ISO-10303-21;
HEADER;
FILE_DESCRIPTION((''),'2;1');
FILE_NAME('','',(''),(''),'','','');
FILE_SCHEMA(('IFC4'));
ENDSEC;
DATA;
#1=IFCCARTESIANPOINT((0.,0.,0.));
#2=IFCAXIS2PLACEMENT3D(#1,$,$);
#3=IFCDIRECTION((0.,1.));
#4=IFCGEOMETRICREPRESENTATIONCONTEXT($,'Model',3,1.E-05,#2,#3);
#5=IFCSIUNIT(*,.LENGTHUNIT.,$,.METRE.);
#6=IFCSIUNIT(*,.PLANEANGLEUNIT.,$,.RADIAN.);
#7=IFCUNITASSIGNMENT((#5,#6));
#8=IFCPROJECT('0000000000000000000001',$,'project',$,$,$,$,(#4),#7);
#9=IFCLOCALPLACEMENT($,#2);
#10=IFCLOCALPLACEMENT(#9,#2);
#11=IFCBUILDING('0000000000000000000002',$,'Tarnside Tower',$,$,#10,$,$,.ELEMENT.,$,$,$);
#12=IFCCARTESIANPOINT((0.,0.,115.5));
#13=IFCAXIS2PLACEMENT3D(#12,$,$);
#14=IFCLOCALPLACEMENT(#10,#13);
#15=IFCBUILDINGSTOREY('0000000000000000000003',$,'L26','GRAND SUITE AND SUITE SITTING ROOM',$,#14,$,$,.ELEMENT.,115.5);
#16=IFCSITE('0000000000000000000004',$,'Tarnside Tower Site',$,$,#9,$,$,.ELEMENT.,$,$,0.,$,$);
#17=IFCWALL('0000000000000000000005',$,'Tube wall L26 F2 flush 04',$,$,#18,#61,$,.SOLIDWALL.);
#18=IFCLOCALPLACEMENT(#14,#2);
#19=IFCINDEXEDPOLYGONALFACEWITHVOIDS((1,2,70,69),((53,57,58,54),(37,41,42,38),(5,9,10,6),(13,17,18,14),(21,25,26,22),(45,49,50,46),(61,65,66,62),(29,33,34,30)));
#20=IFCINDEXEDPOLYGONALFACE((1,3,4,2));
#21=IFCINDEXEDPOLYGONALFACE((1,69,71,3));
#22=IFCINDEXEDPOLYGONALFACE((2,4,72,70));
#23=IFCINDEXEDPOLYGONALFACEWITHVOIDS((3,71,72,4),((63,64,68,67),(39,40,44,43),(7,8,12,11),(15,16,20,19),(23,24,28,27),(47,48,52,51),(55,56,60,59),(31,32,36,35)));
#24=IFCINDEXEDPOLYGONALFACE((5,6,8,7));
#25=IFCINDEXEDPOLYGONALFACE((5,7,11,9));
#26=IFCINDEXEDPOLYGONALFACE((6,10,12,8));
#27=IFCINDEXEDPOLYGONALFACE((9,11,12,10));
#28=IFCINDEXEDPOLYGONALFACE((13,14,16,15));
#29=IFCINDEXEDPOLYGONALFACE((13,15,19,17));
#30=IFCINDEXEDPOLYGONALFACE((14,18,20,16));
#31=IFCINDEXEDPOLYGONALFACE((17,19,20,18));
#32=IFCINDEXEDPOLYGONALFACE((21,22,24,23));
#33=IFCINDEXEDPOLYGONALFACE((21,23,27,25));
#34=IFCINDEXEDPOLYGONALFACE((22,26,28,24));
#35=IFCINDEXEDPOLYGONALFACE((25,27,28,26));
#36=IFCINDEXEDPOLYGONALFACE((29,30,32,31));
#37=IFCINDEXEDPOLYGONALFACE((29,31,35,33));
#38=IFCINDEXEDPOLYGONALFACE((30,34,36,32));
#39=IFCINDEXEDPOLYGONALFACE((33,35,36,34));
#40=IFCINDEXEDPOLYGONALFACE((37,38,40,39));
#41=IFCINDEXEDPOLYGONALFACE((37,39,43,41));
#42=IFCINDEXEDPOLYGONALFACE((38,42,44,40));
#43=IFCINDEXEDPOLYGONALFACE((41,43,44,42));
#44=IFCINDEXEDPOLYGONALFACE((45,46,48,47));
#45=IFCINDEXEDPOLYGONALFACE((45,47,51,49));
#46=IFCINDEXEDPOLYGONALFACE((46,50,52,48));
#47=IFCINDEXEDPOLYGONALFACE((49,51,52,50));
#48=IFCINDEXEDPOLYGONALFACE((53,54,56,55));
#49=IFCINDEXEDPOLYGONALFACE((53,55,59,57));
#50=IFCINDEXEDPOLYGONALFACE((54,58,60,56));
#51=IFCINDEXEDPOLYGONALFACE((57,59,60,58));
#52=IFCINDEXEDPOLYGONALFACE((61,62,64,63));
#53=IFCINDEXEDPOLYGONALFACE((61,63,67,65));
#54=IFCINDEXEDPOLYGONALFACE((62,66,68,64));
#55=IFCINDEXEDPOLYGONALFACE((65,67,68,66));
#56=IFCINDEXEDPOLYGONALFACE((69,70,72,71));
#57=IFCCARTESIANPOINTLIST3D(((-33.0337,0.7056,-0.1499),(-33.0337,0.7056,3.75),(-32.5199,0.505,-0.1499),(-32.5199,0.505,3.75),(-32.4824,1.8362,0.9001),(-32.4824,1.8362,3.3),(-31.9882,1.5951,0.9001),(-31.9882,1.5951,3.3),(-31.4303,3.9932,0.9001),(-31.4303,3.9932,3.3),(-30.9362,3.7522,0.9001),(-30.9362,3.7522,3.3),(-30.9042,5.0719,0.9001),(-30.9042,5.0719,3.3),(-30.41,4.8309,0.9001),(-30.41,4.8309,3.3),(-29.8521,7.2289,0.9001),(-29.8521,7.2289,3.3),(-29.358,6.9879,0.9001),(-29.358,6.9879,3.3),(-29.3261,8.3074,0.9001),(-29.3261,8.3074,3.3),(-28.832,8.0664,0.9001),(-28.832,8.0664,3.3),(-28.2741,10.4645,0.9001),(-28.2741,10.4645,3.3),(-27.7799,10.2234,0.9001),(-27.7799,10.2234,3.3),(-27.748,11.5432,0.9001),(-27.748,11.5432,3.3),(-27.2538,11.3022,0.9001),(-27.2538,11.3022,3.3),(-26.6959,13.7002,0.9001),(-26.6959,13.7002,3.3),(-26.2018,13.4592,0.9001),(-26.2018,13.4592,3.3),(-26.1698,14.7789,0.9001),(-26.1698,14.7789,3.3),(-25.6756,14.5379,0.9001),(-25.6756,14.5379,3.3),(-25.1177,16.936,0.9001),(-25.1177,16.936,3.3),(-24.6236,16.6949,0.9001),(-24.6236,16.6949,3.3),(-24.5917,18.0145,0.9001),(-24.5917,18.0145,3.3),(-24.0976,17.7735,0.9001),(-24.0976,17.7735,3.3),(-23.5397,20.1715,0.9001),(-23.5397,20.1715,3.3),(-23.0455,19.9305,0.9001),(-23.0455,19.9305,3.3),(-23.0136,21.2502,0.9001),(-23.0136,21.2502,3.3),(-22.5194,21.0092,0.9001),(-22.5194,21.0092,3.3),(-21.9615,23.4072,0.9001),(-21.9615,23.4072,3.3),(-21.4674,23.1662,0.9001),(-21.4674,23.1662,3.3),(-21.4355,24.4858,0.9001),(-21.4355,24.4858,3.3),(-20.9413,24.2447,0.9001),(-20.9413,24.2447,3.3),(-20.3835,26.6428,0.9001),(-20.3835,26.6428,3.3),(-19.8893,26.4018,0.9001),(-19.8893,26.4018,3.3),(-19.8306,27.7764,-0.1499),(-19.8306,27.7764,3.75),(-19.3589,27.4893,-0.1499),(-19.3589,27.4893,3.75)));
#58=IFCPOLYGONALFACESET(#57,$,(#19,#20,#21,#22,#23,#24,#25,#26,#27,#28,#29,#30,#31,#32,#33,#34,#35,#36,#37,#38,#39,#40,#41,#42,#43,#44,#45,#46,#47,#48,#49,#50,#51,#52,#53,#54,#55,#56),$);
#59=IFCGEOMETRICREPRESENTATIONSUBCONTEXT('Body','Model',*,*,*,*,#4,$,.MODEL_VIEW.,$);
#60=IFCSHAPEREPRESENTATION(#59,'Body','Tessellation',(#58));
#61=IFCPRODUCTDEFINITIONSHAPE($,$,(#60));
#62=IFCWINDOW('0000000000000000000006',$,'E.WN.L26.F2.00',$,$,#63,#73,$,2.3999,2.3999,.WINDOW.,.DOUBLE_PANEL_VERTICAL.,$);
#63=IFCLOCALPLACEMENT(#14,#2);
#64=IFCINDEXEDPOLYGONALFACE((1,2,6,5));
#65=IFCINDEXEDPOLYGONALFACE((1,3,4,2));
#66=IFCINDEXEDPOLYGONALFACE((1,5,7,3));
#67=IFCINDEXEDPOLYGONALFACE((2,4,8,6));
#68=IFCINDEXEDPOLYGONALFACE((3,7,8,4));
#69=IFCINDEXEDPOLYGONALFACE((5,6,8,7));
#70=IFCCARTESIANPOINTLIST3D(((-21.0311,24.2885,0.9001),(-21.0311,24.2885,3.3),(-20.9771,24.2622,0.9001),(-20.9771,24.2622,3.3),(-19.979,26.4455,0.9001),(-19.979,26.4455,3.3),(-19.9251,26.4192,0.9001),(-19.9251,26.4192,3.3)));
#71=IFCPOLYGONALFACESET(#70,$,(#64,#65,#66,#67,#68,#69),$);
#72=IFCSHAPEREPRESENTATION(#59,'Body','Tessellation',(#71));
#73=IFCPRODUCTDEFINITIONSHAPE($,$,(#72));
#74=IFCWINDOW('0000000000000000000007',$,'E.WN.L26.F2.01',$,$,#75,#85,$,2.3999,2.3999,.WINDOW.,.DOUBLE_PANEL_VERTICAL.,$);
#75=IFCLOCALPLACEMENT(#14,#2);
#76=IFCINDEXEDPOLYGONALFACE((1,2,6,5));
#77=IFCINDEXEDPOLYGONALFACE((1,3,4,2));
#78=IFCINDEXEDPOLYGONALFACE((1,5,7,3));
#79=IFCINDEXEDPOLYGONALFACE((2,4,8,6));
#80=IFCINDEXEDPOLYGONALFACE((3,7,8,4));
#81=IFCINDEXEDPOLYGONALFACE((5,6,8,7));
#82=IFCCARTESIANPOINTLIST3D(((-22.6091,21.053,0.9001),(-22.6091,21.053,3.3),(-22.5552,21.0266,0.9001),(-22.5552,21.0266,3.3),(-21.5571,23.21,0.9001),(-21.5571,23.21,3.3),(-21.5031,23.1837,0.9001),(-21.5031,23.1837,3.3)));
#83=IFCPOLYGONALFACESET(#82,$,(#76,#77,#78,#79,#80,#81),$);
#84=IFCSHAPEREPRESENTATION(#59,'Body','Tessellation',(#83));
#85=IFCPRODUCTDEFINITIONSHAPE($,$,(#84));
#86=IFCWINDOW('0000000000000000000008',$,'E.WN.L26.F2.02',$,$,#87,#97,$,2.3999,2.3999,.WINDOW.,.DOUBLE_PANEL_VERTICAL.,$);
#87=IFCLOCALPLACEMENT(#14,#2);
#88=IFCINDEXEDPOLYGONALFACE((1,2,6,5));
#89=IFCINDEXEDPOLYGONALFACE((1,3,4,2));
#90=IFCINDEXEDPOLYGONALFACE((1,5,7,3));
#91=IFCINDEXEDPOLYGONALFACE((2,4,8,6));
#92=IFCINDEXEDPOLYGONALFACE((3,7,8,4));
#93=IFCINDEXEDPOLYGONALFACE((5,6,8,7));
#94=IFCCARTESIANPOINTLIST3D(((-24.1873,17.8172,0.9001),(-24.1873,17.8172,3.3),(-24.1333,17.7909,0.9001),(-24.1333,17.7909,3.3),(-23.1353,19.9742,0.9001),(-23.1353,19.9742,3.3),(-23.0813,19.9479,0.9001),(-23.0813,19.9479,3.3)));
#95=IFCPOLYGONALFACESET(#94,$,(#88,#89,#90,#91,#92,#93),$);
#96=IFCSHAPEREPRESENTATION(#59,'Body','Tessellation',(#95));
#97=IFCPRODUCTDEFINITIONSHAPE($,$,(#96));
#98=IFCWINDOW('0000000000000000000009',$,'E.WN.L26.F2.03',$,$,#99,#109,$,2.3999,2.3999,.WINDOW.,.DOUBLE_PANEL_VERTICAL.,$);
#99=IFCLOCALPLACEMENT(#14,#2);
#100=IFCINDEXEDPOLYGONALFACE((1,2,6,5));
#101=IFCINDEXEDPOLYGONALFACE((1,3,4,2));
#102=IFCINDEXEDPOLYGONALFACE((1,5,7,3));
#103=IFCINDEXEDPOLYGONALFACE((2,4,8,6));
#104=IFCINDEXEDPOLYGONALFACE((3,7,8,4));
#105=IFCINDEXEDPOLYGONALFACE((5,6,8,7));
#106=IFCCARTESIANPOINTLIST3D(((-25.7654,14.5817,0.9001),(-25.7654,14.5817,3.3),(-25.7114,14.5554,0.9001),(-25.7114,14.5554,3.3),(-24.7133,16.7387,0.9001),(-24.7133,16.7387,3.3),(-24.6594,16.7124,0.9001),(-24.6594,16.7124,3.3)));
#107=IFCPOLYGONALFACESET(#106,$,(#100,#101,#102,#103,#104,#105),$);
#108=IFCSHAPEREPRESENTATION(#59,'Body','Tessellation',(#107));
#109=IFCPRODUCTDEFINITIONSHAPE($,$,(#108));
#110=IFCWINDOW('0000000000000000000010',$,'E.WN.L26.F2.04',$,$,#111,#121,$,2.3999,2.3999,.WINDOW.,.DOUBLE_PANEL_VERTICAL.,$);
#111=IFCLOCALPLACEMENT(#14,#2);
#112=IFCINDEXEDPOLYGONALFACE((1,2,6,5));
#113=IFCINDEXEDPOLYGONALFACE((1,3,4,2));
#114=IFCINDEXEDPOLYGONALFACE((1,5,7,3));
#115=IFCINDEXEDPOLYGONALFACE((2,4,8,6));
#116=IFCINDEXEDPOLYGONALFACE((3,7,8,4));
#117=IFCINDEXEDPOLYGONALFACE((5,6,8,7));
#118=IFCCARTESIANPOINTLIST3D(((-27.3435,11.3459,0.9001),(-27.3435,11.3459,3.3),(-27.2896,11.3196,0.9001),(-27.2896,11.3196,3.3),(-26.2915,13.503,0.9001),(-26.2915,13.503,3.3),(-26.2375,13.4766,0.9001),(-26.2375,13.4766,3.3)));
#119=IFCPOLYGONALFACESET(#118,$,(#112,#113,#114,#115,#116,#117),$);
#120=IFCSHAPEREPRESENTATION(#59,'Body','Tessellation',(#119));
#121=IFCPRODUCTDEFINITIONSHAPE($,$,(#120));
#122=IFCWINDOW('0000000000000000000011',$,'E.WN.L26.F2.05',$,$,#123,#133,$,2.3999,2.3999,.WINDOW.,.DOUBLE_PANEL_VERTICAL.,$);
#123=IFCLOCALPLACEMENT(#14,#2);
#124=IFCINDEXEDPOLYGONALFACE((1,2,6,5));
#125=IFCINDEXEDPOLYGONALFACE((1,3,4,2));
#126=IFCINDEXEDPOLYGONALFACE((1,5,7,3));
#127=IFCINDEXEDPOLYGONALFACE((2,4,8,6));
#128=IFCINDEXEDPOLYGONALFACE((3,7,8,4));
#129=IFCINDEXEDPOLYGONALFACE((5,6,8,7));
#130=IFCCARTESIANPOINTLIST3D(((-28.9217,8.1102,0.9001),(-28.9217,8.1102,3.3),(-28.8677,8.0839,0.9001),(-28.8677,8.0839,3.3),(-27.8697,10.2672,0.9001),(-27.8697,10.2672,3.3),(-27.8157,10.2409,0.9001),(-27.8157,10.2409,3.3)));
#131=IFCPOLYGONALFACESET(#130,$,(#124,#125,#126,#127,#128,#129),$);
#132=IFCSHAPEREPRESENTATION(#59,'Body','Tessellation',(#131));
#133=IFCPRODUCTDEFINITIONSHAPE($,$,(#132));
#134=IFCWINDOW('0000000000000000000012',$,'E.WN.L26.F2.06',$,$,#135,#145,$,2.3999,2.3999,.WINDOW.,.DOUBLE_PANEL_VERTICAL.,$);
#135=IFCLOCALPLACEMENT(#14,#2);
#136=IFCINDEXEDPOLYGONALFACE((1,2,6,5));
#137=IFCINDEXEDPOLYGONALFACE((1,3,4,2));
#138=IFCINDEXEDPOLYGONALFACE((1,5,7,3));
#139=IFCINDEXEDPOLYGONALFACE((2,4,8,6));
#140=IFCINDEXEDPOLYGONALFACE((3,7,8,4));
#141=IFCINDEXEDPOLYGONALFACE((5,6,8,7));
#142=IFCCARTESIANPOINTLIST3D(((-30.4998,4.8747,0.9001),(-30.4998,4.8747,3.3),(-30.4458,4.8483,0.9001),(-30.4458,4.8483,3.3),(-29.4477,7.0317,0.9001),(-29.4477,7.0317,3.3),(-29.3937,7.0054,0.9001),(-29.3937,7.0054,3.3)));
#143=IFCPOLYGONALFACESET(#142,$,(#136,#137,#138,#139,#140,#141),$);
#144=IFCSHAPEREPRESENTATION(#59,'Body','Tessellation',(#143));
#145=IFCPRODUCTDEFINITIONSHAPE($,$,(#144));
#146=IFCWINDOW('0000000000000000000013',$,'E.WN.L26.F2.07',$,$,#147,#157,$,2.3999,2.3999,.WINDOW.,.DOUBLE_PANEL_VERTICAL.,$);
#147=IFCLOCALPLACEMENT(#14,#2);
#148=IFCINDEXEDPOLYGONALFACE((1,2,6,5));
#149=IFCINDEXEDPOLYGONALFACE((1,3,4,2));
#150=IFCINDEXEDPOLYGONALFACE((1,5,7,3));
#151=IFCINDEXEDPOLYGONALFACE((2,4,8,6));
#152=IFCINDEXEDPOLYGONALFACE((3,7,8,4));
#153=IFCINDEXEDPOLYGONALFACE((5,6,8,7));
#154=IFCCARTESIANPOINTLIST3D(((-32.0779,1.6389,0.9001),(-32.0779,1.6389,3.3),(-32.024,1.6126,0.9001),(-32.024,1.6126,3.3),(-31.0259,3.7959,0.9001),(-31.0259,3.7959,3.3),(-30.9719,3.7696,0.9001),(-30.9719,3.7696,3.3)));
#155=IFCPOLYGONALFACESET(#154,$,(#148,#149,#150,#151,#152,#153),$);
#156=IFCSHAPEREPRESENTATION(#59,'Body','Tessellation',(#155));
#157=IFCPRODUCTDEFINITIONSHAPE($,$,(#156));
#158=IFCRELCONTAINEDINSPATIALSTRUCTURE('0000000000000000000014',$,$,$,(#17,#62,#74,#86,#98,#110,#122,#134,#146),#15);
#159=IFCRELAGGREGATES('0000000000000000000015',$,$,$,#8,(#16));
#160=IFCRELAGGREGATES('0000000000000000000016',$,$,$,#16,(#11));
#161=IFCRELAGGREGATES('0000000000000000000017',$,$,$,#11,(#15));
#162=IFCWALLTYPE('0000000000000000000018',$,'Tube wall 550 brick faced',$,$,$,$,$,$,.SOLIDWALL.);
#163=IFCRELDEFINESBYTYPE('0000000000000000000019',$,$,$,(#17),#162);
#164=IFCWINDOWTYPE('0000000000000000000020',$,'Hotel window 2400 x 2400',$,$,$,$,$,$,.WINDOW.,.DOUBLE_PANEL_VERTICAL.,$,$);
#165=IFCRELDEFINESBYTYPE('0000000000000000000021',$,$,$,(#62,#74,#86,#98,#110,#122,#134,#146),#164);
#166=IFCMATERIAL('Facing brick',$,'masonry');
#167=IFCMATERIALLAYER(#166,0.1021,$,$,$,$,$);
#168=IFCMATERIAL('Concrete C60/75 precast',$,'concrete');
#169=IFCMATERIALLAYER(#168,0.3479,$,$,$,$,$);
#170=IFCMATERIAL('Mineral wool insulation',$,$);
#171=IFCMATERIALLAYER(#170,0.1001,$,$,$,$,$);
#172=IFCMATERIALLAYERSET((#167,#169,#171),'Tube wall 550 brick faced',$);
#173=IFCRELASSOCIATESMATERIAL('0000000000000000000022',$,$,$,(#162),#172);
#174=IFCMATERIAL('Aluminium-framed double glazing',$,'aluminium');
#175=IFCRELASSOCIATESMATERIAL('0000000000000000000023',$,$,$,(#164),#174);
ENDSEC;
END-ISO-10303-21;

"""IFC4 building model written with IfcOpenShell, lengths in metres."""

from ifc_helpers import new_model, si_unit, direction, frame, frame_2d, origin, place, context, subcontext, project, spatial, polyline, rectangle, outline, extrude, material, layer, layer_set, type_object, element, fill, save


model = new_model("IFC4")

# Units and contexts
model_context = context("Model", 3, precision=1e-05, world=origin(), true_north=direction((0.0, 1.0)))
body_context = subcontext(model_context, "Body", "Model", "MODEL_VIEW")
ifc_project = project(units=[si_unit("LENGTHUNIT", "METRE"), si_unit("PLANEANGLEUNIT", "RADIAN")], contexts=[model_context])

# Site, building, storey
site_placement = place(None, origin())
site = spatial("IfcSite", under=ifc_project, at=site_placement, Name="Tarnside Tower Site", CompositionType="ELEMENT", RefElevation=0.0)
building_placement = place(site_placement, origin())
building = spatial("IfcBuilding", under=site, at=building_placement, Name="Tarnside Tower", CompositionType="ELEMENT")
storey_placement = place(building_placement, frame((0.0, 0.0, 115.5)))
storey = spatial("IfcBuildingStorey", under=building, at=storey_placement, Name="L26", Description="GRAND SUITE AND SUITE SITTING ROOM", CompositionType="ELEMENT", Elevation=115.5)

# Shared definitions
ifc_material_1 = material(Name="Facing brick", Category="masonry")
ifc_layer_1 = layer(ifc_material_1, 0.1021)
ifc_material_2 = material(Name="Concrete C60/75 precast", Category="concrete")
ifc_layer_2 = layer(ifc_material_2, 0.3479)
ifc_material_3 = material(Name="Mineral wool insulation")
ifc_layer_3 = layer(ifc_material_3, 0.1001)
ifc_layer_set_1 = layer_set([ifc_layer_1, ifc_layer_2, ifc_layer_3], Name="Tube wall 550 brick faced")
wall_type_1 = type_object("IfcWallType", Name="Tube wall 550 brick faced", PredefinedType="SOLIDWALL", material=ifc_layer_set_1)

# Wall, openings, windows
wall_1_placement = place(storey_placement, frame((-19.5947, 27.6328, -0.1499), z_axis=(0.0, 0.0, 1.0), x_axis=(-0.438368, -0.898795, 0.0)))
wall_1 = element("IfcWall", 1, at=wall_1_placement, inside=storey, type_object=wall_type_1, Name="Tube wall L26 F2 flush 04", PredefinedType="SOLIDWALL", context=body_context, shape_type="SweptSolid", body=[
    extrude(outline(polyline([(-0.0256, -0.2749), (30.0933, -0.2749), (30.0483, 0.2749), (0.0256, 0.2749), (-0.0256, -0.2749)])), origin(), (0.0, 0.0, 1.0), 3.8999),
])
opening_1_placement = place(wall_1_placement, frame((1.2356, 0.0, 1.05)))
opening_1 = element("IfcOpeningElement", 2, at=opening_1_placement, cuts=wall_1, PredefinedType="OPENING", context=body_context, shape_type="SweptSolid", body=[
    extrude(rectangle(XDim=2.3999, YDim=2.3999, at=frame_2d((1.2, 1.2))), frame((0.0, 0.2852, 0.0), z_axis=(0.0, -1.0, 0.0), x_axis=(1.0, 0.0, 0.0)), (0.0, 0.0, 1.0), 0.5701),
])
opening_2_placement = place(wall_1_placement, frame((4.8354, 0.0, 1.05)))
opening_2 = element("IfcOpeningElement", 3, at=opening_2_placement, cuts=wall_1, PredefinedType="OPENING", context=body_context, shape_type="SweptSolid", body=[
    extrude(rectangle(XDim=2.3999, YDim=2.3999, at=frame_2d((1.2, 1.2))), frame((0.0, 0.2852, 0.0), z_axis=(0.0, -1.0, 0.0), x_axis=(1.0, 0.0, 0.0)), (0.0, 0.0, 1.0), 0.5701),
])
opening_3_placement = place(wall_1_placement, frame((8.4355, 0.0, 1.05)))
opening_3 = element("IfcOpeningElement", 4, at=opening_3_placement, cuts=wall_1, PredefinedType="OPENING", context=body_context, shape_type="SweptSolid", body=[
    extrude(rectangle(XDim=2.3999, YDim=2.3999, at=frame_2d((1.2, 1.2))), frame((0.0, 0.2852, 0.0), z_axis=(0.0, -1.0, 0.0), x_axis=(1.0, 0.0, 0.0)), (0.0, 0.0, 1.0), 0.5701),
])
opening_4_placement = place(wall_1_placement, frame((12.0354, 0.0, 1.05)))
opening_4 = element("IfcOpeningElement", 5, at=opening_4_placement, cuts=wall_1, PredefinedType="OPENING", context=body_context, shape_type="SweptSolid", body=[
    extrude(rectangle(XDim=2.3999, YDim=2.3999, at=frame_2d((1.2, 1.2))), frame((0.0, 0.2852, 0.0), z_axis=(0.0, -1.0, 0.0), x_axis=(1.0, 0.0, 0.0)), (0.0, 0.0, 1.0), 0.5701),
])
opening_5_placement = place(wall_1_placement, frame((15.6355, 0.0, 1.05)))
opening_5 = element("IfcOpeningElement", 6, at=opening_5_placement, cuts=wall_1, PredefinedType="OPENING", context=body_context, shape_type="SweptSolid", body=[
    extrude(rectangle(XDim=2.3999, YDim=2.3999, at=frame_2d((1.2, 1.2))), frame((0.0, 0.2852, 0.0), z_axis=(0.0, -1.0, 0.0), x_axis=(1.0, 0.0, 0.0)), (0.0, 0.0, 1.0), 0.5701),
])
opening_6_placement = place(wall_1_placement, frame((19.2356, 0.0, 1.05)))
opening_6 = element("IfcOpeningElement", 7, at=opening_6_placement, cuts=wall_1, PredefinedType="OPENING", context=body_context, shape_type="SweptSolid", body=[
    extrude(rectangle(XDim=2.3999, YDim=2.3999, at=frame_2d((1.2, 1.2))), frame((0.0, 0.2852, 0.0), z_axis=(0.0, -1.0, 0.0), x_axis=(1.0, 0.0, 0.0)), (0.0, 0.0, 1.0), 0.5701),
])
opening_7_placement = place(wall_1_placement, frame((22.8354, 0.0, 1.05)))
opening_7 = element("IfcOpeningElement", 8, at=opening_7_placement, cuts=wall_1, PredefinedType="OPENING", context=body_context, shape_type="SweptSolid", body=[
    extrude(rectangle(XDim=2.3999, YDim=2.3999, at=frame_2d((1.2, 1.2))), frame((0.0, 0.2852, 0.0), z_axis=(0.0, -1.0, 0.0), x_axis=(1.0, 0.0, 0.0)), (0.0, 0.0, 1.0), 0.5701),
])
opening_8_placement = place(wall_1_placement, frame((26.4355, 0.0, 1.05)))
opening_8 = element("IfcOpeningElement", 9, at=opening_8_placement, cuts=wall_1, PredefinedType="OPENING", context=body_context, shape_type="SweptSolid", body=[
    extrude(rectangle(XDim=2.3999, YDim=2.3999, at=frame_2d((1.2, 1.2))), frame((0.0, 0.2852, 0.0), z_axis=(0.0, -1.0, 0.0), x_axis=(1.0, 0.0, 0.0)), (0.0, 0.0, 1.0), 0.5701),
])
ifc_material_4 = material(Name="Aluminium-framed double glazing", Category="aluminium")
window_type = type_object("IfcWindowType", Name="Hotel window 2400 x 2400", PartitioningType="DOUBLE_PANEL_VERTICAL", PredefinedType="WINDOW", material=ifc_material_4)
window_1_placement = place(opening_1_placement, frame((0.0, 0.2051, 0.0)))
window_1 = element("IfcWindow", 10, at=window_1_placement, inside=storey, type_object=window_type, Name="E.WN.L26.F2.00", OverallHeight=2.3999, OverallWidth=2.3999, PartitioningType="DOUBLE_PANEL_VERTICAL", PredefinedType="WINDOW", context=body_context, shape_type="SweptSolid", body=[
    extrude(rectangle(XDim=2.3999, YDim=2.3999, at=frame_2d((1.2, 1.2))), frame((0.0, 0.03, 0.0), z_axis=(0.0, -1.0, 0.0), x_axis=(1.0, 0.0, 0.0)), (0.0, 0.0, 1.0), 0.0601),
])
fill(opening_1, window_1)
window_2_placement = place(opening_2_placement, frame((0.0, 0.2051, 0.0)))
window_2 = element("IfcWindow", 11, at=window_2_placement, inside=storey, type_object=window_type, Name="E.WN.L26.F2.01", OverallHeight=2.3999, OverallWidth=2.3999, PartitioningType="DOUBLE_PANEL_VERTICAL", PredefinedType="WINDOW", context=body_context, shape_type="SweptSolid", body=[
    extrude(rectangle(XDim=2.3999, YDim=2.3999, at=frame_2d((1.2, 1.2))), frame((0.0, 0.03, 0.0), z_axis=(0.0, -1.0, 0.0), x_axis=(1.0, 0.0, 0.0)), (0.0, 0.0, 1.0), 0.0601),
])
fill(opening_2, window_2)
window_3_placement = place(opening_3_placement, frame((0.0, 0.2051, 0.0)))
window_3 = element("IfcWindow", 12, at=window_3_placement, inside=storey, type_object=window_type, Name="E.WN.L26.F2.02", OverallHeight=2.3999, OverallWidth=2.3999, PartitioningType="DOUBLE_PANEL_VERTICAL", PredefinedType="WINDOW", context=body_context, shape_type="SweptSolid", body=[
    extrude(rectangle(XDim=2.3999, YDim=2.3999, at=frame_2d((1.2, 1.2))), frame((0.0, 0.03, 0.0), z_axis=(0.0, -1.0, 0.0), x_axis=(1.0, 0.0, 0.0)), (0.0, 0.0, 1.0), 0.0601),
])
fill(opening_3, window_3)
window_4_placement = place(opening_4_placement, frame((0.0, 0.2051, 0.0)))
window_4 = element("IfcWindow", 13, at=window_4_placement, inside=storey, type_object=window_type, Name="E.WN.L26.F2.03", OverallHeight=2.3999, OverallWidth=2.3999, PartitioningType="DOUBLE_PANEL_VERTICAL", PredefinedType="WINDOW", context=body_context, shape_type="SweptSolid", body=[
    extrude(rectangle(XDim=2.3999, YDim=2.3999, at=frame_2d((1.2, 1.2))), frame((0.0, 0.03, 0.0), z_axis=(0.0, -1.0, 0.0), x_axis=(1.0, 0.0, 0.0)), (0.0, 0.0, 1.0), 0.0601),
])
fill(opening_4, window_4)
window_5_placement = place(opening_5_placement, frame((0.0, 0.2051, 0.0)))
window_5 = element("IfcWindow", 14, at=window_5_placement, inside=storey, type_object=window_type, Name="E.WN.L26.F2.04", OverallHeight=2.3999, OverallWidth=2.3999, PartitioningType="DOUBLE_PANEL_VERTICAL", PredefinedType="WINDOW", context=body_context, shape_type="SweptSolid", body=[
    extrude(rectangle(XDim=2.3999, YDim=2.3999, at=frame_2d((1.2, 1.2))), frame((0.0, 0.03, 0.0), z_axis=(0.0, -1.0, 0.0), x_axis=(1.0, 0.0, 0.0)), (0.0, 0.0, 1.0), 0.0601),
])
fill(opening_5, window_5)
window_6_placement = place(opening_6_placement, frame((0.0, 0.2051, 0.0)))
window_6 = element("IfcWindow", 15, at=window_6_placement, inside=storey, type_object=window_type, Name="E.WN.L26.F2.05", OverallHeight=2.3999, OverallWidth=2.3999, PartitioningType="DOUBLE_PANEL_VERTICAL", PredefinedType="WINDOW", context=body_context, shape_type="SweptSolid", body=[
    extrude(rectangle(XDim=2.3999, YDim=2.3999, at=frame_2d((1.2, 1.2))), frame((0.0, 0.03, 0.0), z_axis=(0.0, -1.0, 0.0), x_axis=(1.0, 0.0, 0.0)), (0.0, 0.0, 1.0), 0.0601),
])
fill(opening_6, window_6)
window_7_placement = place(opening_7_placement, frame((0.0, 0.2051, 0.0)))
window_7 = element("IfcWindow", 16, at=window_7_placement, inside=storey, type_object=window_type, Name="E.WN.L26.F2.06", OverallHeight=2.3999, OverallWidth=2.3999, PartitioningType="DOUBLE_PANEL_VERTICAL", PredefinedType="WINDOW", context=body_context, shape_type="SweptSolid", body=[
    extrude(rectangle(XDim=2.3999, YDim=2.3999, at=frame_2d((1.2, 1.2))), frame((0.0, 0.03, 0.0), z_axis=(0.0, -1.0, 0.0), x_axis=(1.0, 0.0, 0.0)), (0.0, 0.0, 1.0), 0.0601),
])
fill(opening_7, window_7)
window_8_placement = place(opening_8_placement, frame((0.0, 0.2051, 0.0)))
window_8 = element("IfcWindow", 17, at=window_8_placement, inside=storey, type_object=window_type, Name="E.WN.L26.F2.07", OverallHeight=2.3999, OverallWidth=2.3999, PartitioningType="DOUBLE_PANEL_VERTICAL", PredefinedType="WINDOW", context=body_context, shape_type="SweptSolid", body=[
    extrude(rectangle(XDim=2.3999, YDim=2.3999, at=frame_2d((1.2, 1.2))), frame((0.0, 0.03, 0.0), z_axis=(0.0, -1.0, 0.0), x_axis=(1.0, 0.0, 0.0)), (0.0, 0.0, 1.0), 0.0601),
])
fill(opening_8, window_8)

save(model, "model.ifc")
